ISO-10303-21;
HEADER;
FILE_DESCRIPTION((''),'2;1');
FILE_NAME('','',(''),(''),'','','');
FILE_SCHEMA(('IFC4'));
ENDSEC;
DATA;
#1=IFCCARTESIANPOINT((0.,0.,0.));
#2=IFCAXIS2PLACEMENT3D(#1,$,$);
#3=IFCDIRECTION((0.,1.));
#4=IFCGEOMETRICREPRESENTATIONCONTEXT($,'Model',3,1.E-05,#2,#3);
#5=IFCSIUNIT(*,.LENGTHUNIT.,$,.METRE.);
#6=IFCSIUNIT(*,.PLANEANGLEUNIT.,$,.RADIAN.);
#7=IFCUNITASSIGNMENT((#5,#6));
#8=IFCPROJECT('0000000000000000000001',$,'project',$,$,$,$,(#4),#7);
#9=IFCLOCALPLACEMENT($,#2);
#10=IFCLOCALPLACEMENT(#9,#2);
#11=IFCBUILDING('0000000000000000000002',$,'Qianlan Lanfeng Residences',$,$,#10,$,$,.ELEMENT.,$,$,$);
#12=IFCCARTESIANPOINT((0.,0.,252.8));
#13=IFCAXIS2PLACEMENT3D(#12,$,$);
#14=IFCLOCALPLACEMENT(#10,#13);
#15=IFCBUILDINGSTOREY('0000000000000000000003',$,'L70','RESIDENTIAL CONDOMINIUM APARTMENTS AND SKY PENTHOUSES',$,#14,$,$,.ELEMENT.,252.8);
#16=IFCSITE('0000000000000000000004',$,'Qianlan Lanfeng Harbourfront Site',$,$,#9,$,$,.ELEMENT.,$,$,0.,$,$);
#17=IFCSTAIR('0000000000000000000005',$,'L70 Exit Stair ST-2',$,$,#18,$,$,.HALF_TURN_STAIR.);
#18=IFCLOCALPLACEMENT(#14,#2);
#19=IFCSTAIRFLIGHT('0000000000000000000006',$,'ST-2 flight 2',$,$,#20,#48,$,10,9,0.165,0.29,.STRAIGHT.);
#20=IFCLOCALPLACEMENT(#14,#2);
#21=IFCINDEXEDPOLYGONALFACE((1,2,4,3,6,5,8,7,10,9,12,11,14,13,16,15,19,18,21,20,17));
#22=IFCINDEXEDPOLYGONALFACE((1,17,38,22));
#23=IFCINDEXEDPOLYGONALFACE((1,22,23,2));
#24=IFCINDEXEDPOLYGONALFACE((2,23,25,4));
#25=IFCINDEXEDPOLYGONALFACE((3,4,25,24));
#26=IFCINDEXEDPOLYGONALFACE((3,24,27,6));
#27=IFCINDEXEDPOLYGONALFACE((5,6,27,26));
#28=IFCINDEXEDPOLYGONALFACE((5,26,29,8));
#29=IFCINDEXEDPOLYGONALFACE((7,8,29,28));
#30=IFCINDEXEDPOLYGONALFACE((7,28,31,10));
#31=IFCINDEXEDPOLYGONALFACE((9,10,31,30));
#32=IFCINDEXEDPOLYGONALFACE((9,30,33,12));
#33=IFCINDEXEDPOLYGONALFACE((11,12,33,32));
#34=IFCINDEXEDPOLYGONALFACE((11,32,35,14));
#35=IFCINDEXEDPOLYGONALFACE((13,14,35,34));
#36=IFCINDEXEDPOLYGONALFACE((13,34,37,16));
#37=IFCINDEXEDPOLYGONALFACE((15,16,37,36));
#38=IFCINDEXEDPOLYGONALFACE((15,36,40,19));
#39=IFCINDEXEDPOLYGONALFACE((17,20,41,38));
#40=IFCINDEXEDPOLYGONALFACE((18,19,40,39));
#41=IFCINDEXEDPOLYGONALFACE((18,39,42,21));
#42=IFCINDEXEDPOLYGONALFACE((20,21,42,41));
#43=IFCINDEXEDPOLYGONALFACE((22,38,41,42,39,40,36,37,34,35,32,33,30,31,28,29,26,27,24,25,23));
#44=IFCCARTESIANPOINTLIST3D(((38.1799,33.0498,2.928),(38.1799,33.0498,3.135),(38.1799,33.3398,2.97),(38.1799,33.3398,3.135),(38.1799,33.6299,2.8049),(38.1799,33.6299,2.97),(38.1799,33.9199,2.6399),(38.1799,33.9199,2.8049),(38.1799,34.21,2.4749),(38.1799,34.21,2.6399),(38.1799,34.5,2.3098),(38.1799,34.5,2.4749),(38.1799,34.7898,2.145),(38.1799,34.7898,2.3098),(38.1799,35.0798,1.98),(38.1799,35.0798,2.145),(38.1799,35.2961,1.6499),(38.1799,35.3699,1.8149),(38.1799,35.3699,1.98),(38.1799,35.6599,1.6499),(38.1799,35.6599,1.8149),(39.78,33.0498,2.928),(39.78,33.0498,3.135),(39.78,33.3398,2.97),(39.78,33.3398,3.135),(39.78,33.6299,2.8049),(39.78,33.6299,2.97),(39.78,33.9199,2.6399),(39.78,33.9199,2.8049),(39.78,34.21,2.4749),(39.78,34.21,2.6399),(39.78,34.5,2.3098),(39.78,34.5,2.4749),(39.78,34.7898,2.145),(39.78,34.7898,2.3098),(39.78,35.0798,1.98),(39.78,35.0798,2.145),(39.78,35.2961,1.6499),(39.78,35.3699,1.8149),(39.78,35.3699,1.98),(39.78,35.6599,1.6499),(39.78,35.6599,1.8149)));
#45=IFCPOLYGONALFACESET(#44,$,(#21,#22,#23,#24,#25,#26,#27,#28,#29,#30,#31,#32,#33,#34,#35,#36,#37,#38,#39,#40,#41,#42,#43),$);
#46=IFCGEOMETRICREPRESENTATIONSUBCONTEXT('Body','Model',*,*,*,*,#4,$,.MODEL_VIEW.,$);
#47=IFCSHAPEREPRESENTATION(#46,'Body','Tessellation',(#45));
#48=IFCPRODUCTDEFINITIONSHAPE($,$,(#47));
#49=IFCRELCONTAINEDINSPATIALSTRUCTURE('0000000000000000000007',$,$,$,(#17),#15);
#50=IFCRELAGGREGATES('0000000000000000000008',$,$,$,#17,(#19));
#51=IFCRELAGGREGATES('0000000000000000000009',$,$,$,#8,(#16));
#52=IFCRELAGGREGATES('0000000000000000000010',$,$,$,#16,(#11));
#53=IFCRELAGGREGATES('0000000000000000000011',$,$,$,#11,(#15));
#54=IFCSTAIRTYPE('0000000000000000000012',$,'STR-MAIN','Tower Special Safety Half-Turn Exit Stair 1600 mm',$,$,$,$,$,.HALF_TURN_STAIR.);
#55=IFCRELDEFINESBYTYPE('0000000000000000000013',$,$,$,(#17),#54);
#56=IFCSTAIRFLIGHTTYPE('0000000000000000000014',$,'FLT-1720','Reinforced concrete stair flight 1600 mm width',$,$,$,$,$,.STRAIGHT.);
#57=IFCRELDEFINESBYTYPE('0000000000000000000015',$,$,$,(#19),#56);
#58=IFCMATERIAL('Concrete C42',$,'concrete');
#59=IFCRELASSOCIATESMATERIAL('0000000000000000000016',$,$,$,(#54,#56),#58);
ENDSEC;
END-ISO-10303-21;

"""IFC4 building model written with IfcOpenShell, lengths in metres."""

from ifc_helpers import new_model, si_unit, direction, frame, origin, place, context, subcontext, project, spatial, polyline, outline, extrude, material, type_object, element, aggregate, save


model = new_model("IFC4")

# Units and contexts
model_context = context("Model", 3, precision=1e-05, world=origin(), true_north=direction((0.0, 1.0)))
body_context = subcontext(model_context, "Body", "Model", "MODEL_VIEW")
ifc_project = project(units=[si_unit("LENGTHUNIT", "METRE"), si_unit("PLANEANGLEUNIT", "RADIAN")], contexts=[model_context])

# Site, building, storey
site_placement = place(None, origin())
site = spatial("IfcSite", under=ifc_project, at=site_placement, Name="Qianlan Lanfeng Harbourfront Site", CompositionType="ELEMENT", RefElevation=0.0)
building_placement = place(site_placement, origin())
building = spatial("IfcBuilding", under=site, at=building_placement, Name="Qianlan Lanfeng Residences", CompositionType="ELEMENT")
storey_placement = place(building_placement, frame((0.0, 0.0, 252.8)))
storey = spatial("IfcBuildingStorey", under=building, at=storey_placement, Name="L70", Description="RESIDENTIAL CONDOMINIUM APARTMENTS AND SKY PENTHOUSES", CompositionType="ELEMENT", Elevation=252.8)

# Shared definitions
ifc_material_1 = material(Name="Concrete C42", Category="concrete")

# Stair, stair flight
stair_type = type_object("IfcStairType", Name="STR-MAIN", Description="Tower Special Safety Half-Turn Exit Stair 1600 mm", PredefinedType="HALF_TURN_STAIR", material=ifc_material_1)
stair_placement = place(storey_placement, origin())
stair = element("IfcStair", 1, at=stair_placement, inside=storey, type_object=stair_type, Name="L70 Exit Stair ST-2", PredefinedType="HALF_TURN_STAIR")
stair_flight_type = type_object("IfcStairFlightType", Name="FLT-1720", Description="Reinforced concrete stair flight 1600 mm width", PredefinedType="STRAIGHT", material=ifc_material_1)
stair_flight_1_placement = place(storey_placement, frame((38.98, 35.6599, 1.6499), z_axis=(0.0, 0.0, 1.0), x_axis=(0.0, -1.0, 0.0)))
stair_flight_1 = element("IfcStairFlight", 2, at=stair_flight_1_placement, type_object=stair_flight_type, Name="ST-2 flight 2", NumberOfRisers=10, NumberOfTreads=9, PredefinedType="STRAIGHT", RiserHeight=0.165, TreadLength=0.29, context=body_context, shape_type="SweptSolid", body=[
    extrude(outline(polyline([(0.0, 0.0), (0.0, 0.165), (0.29, 0.165), (0.29, 0.3301), (0.5801, 0.3301), (0.5801, 0.4951), (0.8701, 0.4951), (0.8701, 0.6599), (1.1599, 0.6599), (1.1599, 0.825), (1.45, 0.825), (1.45, 0.99), (1.74, 0.99), (1.74, 1.155), (2.03, 1.155), (2.03, 1.3201), (2.3201, 1.3201), (2.3201, 1.4851), (2.6101, 1.4851), (2.6101, 1.6499), (2.6101, 1.2781), (0.3638, 0.0), (0.0, 0.0)])), frame((0.0, 0.8, 0.0), z_axis=(0.0, -1.0, 0.0), x_axis=(1.0, 0.0, 0.0)), (0.0, 0.0, 1.0), 1.6001),
])
aggregate(stair, [stair_flight_1])

save(model, "model.ifc")
